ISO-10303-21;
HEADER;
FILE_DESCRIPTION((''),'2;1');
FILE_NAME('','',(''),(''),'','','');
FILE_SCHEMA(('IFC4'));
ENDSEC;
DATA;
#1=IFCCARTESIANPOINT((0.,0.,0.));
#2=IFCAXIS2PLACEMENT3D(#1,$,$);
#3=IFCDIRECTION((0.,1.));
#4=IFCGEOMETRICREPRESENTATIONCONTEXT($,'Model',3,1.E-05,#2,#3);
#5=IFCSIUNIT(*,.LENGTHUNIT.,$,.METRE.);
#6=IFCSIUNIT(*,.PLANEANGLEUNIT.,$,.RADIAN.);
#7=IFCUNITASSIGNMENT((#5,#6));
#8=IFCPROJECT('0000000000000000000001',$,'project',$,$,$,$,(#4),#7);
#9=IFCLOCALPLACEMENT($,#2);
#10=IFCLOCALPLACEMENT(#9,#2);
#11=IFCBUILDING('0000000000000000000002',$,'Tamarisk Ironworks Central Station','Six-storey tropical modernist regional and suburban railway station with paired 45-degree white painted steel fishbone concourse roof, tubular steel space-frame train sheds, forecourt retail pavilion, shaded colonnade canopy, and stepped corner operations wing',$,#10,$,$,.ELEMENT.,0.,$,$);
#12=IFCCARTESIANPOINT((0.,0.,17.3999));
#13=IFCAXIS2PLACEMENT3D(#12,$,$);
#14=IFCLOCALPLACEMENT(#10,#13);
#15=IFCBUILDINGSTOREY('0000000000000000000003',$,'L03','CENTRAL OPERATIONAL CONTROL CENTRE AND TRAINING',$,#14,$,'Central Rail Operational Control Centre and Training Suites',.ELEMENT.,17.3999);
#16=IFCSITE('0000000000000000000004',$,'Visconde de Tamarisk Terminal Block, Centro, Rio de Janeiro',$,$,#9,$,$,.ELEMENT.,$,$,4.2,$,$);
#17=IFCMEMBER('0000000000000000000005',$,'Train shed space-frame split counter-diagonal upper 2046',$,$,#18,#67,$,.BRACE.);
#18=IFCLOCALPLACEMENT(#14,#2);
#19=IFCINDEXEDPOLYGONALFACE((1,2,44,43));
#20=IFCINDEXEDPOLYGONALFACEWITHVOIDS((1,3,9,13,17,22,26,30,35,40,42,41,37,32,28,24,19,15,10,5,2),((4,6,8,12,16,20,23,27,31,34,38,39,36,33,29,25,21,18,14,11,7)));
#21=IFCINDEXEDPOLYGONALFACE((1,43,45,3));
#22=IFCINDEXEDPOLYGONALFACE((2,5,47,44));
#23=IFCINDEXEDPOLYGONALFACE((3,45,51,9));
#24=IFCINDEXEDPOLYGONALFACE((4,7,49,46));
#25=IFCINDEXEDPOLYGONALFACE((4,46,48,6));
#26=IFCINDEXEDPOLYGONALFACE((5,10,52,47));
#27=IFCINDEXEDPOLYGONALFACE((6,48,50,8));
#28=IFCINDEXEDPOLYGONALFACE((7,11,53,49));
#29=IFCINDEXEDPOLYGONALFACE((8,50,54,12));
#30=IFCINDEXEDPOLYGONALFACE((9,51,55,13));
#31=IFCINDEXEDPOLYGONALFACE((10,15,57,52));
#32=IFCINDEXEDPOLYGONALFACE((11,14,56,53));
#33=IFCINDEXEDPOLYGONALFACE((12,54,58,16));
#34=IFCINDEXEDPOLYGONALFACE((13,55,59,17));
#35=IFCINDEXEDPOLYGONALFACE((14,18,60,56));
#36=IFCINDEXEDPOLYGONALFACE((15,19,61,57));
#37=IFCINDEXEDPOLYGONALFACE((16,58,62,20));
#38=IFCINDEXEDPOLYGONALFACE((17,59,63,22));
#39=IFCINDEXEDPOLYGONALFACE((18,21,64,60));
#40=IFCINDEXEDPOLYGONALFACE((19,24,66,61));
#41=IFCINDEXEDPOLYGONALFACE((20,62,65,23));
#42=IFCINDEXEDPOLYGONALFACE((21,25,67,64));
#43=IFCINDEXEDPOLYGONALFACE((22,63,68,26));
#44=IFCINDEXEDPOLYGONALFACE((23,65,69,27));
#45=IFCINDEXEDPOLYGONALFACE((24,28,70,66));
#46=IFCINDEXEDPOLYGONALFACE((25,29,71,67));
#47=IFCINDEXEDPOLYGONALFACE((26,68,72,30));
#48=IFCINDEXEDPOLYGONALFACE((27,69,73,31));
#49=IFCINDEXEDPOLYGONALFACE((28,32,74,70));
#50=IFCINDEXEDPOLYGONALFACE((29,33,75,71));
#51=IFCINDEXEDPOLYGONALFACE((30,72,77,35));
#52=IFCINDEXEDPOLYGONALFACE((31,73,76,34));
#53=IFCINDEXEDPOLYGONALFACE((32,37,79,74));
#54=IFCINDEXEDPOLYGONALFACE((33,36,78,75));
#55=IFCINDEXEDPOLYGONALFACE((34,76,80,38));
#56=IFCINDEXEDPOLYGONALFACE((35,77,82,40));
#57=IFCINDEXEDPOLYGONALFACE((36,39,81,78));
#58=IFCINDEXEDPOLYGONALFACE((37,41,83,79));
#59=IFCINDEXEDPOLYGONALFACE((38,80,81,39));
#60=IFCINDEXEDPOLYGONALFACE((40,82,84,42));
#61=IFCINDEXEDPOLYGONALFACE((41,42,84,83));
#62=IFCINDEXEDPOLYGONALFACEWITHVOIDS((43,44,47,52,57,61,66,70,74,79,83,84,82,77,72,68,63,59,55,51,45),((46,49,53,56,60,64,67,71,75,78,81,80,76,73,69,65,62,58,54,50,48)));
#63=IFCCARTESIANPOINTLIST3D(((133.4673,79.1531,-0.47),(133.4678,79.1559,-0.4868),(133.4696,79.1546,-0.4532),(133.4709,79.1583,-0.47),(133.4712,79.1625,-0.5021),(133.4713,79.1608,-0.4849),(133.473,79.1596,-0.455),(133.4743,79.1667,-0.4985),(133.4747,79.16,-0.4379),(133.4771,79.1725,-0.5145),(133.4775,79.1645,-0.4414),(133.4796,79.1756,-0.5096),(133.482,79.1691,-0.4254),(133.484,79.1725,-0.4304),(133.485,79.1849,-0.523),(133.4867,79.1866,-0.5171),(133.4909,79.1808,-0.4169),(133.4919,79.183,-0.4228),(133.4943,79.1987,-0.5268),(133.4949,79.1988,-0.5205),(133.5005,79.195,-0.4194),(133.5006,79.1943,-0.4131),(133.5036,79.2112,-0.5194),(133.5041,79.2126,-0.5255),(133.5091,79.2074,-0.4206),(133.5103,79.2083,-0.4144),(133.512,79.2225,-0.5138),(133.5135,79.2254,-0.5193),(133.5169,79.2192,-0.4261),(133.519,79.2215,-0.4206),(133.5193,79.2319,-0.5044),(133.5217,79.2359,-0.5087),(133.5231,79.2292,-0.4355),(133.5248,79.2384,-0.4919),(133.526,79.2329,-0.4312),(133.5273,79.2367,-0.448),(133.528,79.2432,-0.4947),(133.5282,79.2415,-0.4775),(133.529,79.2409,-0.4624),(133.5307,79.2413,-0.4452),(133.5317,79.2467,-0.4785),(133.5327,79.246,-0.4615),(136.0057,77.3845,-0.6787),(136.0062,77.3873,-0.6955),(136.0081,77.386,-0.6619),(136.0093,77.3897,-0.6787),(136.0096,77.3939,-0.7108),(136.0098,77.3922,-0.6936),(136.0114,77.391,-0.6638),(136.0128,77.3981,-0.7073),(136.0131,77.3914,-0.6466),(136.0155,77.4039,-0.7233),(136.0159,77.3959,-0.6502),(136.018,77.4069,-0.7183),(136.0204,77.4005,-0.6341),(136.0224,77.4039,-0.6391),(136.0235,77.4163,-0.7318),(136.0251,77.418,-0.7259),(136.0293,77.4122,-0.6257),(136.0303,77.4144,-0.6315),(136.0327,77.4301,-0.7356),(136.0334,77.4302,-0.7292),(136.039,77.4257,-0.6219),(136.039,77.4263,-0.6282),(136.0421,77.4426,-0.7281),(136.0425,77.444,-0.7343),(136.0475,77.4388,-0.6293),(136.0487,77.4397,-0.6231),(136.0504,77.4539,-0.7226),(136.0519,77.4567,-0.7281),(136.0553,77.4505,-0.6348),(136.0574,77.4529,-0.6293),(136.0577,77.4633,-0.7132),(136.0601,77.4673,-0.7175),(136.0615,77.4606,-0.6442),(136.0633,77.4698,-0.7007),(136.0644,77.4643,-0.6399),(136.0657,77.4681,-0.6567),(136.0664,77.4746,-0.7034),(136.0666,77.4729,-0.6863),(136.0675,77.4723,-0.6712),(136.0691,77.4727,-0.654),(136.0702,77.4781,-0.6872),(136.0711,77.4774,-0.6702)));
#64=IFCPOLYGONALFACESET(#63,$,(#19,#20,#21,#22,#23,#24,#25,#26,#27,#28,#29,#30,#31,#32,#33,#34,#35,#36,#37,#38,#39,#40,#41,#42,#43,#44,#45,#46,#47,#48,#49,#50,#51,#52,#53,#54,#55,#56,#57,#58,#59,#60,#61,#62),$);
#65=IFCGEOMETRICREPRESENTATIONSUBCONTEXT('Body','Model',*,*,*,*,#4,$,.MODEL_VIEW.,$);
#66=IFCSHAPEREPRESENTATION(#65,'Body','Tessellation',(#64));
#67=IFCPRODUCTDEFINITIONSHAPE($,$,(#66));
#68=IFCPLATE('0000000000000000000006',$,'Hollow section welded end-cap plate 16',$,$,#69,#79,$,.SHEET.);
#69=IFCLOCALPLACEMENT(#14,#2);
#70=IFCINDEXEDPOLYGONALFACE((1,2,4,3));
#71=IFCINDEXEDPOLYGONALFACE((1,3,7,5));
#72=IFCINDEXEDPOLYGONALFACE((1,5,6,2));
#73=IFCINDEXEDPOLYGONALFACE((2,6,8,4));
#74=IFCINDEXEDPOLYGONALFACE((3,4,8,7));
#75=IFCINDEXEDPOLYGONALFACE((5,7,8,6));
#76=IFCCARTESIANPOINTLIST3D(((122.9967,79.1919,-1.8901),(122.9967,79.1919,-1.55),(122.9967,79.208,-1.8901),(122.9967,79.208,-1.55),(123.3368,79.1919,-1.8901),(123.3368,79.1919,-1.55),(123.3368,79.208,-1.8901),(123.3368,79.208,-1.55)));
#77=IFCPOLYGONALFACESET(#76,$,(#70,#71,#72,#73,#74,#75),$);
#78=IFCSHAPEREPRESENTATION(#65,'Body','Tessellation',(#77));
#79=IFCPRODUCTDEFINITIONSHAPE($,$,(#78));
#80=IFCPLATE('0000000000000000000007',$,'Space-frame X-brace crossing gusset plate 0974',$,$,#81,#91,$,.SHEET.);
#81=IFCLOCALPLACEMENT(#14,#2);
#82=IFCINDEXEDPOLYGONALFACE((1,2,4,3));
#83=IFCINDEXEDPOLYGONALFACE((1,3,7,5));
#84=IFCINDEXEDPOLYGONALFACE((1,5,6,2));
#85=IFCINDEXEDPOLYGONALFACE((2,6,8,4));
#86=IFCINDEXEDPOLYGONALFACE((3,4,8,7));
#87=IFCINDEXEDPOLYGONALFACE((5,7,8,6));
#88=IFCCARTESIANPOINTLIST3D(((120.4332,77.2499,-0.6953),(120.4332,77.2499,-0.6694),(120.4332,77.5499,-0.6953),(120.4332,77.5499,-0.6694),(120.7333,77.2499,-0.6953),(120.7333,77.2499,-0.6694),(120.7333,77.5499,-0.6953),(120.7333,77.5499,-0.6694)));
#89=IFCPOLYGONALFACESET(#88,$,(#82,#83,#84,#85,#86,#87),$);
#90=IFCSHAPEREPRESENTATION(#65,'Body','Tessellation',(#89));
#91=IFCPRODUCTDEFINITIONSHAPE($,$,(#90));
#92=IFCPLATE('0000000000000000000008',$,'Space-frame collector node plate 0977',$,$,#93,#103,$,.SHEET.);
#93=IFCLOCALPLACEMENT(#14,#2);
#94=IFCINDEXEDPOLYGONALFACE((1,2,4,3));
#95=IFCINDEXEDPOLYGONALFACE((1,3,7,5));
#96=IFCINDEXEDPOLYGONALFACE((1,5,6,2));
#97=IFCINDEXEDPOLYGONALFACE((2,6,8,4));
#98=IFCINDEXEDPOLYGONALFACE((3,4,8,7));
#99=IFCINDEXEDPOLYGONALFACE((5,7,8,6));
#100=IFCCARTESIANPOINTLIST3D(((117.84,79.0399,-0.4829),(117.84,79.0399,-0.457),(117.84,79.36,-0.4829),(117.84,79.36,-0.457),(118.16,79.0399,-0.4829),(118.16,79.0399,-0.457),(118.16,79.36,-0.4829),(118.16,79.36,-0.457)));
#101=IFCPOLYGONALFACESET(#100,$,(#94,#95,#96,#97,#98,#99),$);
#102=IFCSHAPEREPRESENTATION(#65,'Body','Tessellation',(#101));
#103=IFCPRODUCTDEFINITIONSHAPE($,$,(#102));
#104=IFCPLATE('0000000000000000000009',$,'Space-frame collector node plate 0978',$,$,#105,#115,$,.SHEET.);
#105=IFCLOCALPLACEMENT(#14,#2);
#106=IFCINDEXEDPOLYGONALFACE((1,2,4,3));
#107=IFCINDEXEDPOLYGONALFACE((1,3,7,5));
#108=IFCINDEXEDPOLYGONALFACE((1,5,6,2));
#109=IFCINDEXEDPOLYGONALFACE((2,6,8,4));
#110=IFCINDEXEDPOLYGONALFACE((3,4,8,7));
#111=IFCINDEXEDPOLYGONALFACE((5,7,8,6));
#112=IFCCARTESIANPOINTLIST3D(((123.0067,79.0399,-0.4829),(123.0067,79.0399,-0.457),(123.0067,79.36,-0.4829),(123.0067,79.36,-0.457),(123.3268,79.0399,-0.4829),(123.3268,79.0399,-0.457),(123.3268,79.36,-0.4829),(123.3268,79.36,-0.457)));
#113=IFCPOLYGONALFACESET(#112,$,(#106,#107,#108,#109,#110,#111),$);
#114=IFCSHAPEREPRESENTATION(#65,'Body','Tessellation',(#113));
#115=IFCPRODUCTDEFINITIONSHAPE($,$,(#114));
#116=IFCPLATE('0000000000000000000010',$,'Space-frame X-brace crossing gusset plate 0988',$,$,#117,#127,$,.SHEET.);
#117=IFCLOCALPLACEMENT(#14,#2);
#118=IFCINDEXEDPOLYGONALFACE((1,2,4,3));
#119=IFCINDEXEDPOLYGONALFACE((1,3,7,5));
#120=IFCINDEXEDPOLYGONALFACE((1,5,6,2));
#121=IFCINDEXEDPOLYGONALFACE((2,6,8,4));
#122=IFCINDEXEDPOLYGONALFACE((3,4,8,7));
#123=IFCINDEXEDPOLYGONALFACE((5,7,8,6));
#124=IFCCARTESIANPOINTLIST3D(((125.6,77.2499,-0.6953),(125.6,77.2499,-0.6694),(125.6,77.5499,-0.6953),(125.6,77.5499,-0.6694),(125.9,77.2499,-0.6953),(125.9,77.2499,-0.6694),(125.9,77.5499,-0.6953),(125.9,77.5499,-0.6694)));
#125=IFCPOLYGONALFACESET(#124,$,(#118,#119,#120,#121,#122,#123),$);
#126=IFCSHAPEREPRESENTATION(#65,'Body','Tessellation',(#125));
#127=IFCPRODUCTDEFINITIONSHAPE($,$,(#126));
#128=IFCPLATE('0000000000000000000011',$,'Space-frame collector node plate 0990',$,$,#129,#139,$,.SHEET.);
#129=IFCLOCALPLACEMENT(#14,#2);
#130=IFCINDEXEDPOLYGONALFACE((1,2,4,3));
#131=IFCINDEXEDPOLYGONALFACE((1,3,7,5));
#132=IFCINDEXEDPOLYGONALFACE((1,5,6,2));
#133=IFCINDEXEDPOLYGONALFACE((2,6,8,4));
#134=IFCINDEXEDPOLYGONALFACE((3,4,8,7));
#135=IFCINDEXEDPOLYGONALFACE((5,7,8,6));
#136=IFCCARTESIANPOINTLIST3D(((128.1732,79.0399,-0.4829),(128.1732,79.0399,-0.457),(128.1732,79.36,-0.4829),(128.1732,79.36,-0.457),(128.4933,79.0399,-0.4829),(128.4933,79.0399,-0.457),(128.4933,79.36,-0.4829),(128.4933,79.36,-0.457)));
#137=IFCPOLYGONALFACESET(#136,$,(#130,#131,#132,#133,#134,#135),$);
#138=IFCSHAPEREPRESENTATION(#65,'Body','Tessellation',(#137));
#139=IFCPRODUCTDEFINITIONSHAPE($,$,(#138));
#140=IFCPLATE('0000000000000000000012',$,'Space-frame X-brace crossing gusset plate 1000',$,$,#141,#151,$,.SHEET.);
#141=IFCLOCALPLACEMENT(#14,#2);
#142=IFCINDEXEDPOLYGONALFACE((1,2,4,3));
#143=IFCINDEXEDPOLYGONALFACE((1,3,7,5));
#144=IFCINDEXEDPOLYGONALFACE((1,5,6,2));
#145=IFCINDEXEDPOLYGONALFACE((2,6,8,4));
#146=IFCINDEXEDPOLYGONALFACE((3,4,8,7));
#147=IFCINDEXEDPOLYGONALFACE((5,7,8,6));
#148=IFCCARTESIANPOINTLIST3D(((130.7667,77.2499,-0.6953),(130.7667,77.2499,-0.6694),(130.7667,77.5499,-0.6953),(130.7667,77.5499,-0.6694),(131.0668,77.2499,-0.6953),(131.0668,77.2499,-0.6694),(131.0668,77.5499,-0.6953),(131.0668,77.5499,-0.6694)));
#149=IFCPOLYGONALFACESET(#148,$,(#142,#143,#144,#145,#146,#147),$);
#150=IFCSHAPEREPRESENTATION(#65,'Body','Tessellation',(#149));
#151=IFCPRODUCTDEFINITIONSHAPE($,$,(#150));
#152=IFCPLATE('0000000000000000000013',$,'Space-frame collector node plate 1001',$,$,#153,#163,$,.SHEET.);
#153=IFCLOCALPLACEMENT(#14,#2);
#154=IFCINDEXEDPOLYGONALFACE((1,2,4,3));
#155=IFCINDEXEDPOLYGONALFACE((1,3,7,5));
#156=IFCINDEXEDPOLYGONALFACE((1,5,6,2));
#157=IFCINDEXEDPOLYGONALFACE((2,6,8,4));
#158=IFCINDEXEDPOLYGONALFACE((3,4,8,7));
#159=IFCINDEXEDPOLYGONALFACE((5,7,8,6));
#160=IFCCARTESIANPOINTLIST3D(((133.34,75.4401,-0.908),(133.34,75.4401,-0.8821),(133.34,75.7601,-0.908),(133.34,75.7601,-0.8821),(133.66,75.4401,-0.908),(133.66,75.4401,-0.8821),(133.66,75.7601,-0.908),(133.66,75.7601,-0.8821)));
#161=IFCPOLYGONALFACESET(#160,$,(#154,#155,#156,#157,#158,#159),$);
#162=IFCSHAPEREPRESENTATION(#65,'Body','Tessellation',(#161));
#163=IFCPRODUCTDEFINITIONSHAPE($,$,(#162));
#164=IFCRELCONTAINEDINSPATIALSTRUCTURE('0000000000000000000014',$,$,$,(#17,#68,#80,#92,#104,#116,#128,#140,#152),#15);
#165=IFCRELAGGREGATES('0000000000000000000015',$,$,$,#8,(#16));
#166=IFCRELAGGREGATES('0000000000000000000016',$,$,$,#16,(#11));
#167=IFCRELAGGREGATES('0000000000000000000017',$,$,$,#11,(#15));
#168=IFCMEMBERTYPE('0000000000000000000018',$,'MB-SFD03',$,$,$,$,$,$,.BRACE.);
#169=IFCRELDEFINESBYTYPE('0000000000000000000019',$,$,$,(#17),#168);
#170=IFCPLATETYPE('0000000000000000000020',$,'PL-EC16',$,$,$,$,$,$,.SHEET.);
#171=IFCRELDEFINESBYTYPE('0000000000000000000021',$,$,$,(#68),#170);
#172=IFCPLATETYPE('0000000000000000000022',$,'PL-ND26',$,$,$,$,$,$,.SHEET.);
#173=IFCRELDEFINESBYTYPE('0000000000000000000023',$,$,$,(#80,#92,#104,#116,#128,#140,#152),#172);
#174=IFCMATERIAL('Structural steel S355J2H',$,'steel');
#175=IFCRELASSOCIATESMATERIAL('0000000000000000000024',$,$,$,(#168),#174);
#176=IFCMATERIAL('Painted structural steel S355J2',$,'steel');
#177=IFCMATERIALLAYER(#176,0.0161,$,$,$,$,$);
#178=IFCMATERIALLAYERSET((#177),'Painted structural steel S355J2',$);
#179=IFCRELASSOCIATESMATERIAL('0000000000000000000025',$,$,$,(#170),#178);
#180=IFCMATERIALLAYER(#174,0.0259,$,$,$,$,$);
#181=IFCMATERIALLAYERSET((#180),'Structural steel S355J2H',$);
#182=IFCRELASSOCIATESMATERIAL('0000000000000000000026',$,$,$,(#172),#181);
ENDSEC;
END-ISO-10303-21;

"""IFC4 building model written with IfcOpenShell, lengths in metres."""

from ifc_helpers import new_model, si_unit, direction, frame, origin, origin_2d, place, context, subcontext, project, spatial, rectangle, hollow_circle, extrude, material, layer, layer_set, material_profile, profile_set, type_object, element, save


model = new_model("IFC4")

# Units and contexts
model_context = context("Model", 3, precision=1e-05, world=origin(), true_north=direction((0.0, 1.0)))
body_context = subcontext(model_context, "Body", "Model", "MODEL_VIEW")
ifc_project = project(units=[si_unit("LENGTHUNIT", "METRE"), si_unit("PLANEANGLEUNIT", "RADIAN")], contexts=[model_context])

# Site, building, storey
site_placement = place(None, origin())
site = spatial("IfcSite", under=ifc_project, at=site_placement, Name="Visconde de Tamarisk Terminal Block, Centro, Rio de Janeiro", CompositionType="ELEMENT", RefElevation=4.2)
building_placement = place(site_placement, origin())
building = spatial("IfcBuilding", under=site, at=building_placement, Name="Tamarisk Ironworks Central Station", Description="Six-storey tropical modernist regional and suburban railway station with paired 45-degree white painted steel fishbone concourse roof, tubular steel space-frame train sheds, forecourt retail pavilion, shaded colonnade canopy, and stepped corner operations wing", CompositionType="ELEMENT", ElevationOfRefHeight=0.0)
storey_placement = place(building_placement, frame((0.0, 0.0, 17.3999)))
storey = spatial("IfcBuildingStorey", under=building, at=storey_placement, Name="L03", Description="CENTRAL OPERATIONAL CONTROL CENTRE AND TRAINING", LongName="Central Rail Operational Control Centre and Training Suites", CompositionType="ELEMENT", Elevation=17.3999)

# Member
ifc_material_1 = material(Name="Structural steel S355J2H", Category="steel")
ifc_material_profile_1 = material_profile(ifc_material_1, hollow_circle(Radius=0.0571, WallThickness=0.0063, at=origin_2d()), Name="CHS 114.3x6.3")
ifc_profile_set_1 = profile_set([ifc_material_profile_1], Name="Structural steel S355J2H")
member_type_1 = type_object("IfcMemberType", Name="MB-SFD03", PredefinedType="BRACE", material=ifc_profile_set_1)
for number, where, z_axis, x_axis, name in (
    (1, (136.0383, 77.4314, -0.6787), (-0.818625, 0.570369, 0.06732), (-0.571666, -0.820487, 0.0), "Train shed space-frame split counter-diagonal upper 2046"),
):
    element("IfcMember", number, at=place(storey_placement, frame(where, z_axis=z_axis, x_axis=x_axis)), inside=storey, type_object=member_type_1, Name=name, PredefinedType="BRACE", context=body_context, shape_type="SweptSolid", body=[
        extrude(hollow_circle(Radius=0.0571, WallThickness=0.0063, at=origin_2d()), origin(), (0.0, 0.0, 1.0), 3.1008),
    ])

# Plates
ifc_material_2 = material(Name="Painted structural steel S355J2", Category="steel")
ifc_layer_1 = layer(ifc_material_2, 0.0161)
ifc_layer_set_1 = layer_set([ifc_layer_1], Name="Painted structural steel S355J2")
plate_type_1 = type_object("IfcPlateType", Name="PL-EC16", PredefinedType="SHEET", material=ifc_layer_set_1)
plate_1_placement = place(storey_placement, frame((123.1667, 79.2, -1.8901), z_axis=(0.0, 0.0, 1.0), x_axis=(1.0, 0.0, 0.0)))
element("IfcPlate", 2, at=plate_1_placement, inside=storey, type_object=plate_type_1, Name="Hollow section welded end-cap plate 16", PredefinedType="SHEET", context=body_context, shape_type="SweptSolid", body=[
    extrude(rectangle(XDim=0.3401, YDim=0.0161, at=origin_2d()), origin(), (0.0, 0.0, 1.0), 0.3401),
])
ifc_layer_2 = layer(ifc_material_1, 0.0259)
ifc_layer_set_2 = layer_set([ifc_layer_2], Name="Structural steel S355J2H")
plate_type_2 = type_object("IfcPlateType", Name="PL-ND26", PredefinedType="SHEET", material=ifc_layer_set_2)
plate_2_placement = place(storey_placement, frame((120.5833, 77.3999, -0.6953), z_axis=(0.0, 0.0, 1.0), x_axis=(1.0, 0.0, 0.0)))
element("IfcPlate", 3, at=plate_2_placement, inside=storey, type_object=plate_type_2, Name="Space-frame X-brace crossing gusset plate 0974", PredefinedType="SHEET", context=body_context, shape_type="SweptSolid", body=[
    extrude(rectangle(XDim=0.3, YDim=0.3, at=origin_2d()), origin(), (0.0, 0.0, 1.0), 0.0259),
])
for number, where, z_axis, x_axis, name in (
    (4, (118.0, 79.2, -0.4829), (0.0, 0.0, 1.0), (1.0, 0.0, 0.0), "Space-frame collector node plate 0977"),
    (5, (123.1667, 79.2, -0.4829), (0.0, 0.0, 1.0), (1.0, 0.0, 0.0), "Space-frame collector node plate 0978"),
):
    element("IfcPlate", number, at=place(storey_placement, frame(where, z_axis=z_axis, x_axis=x_axis)), inside=storey, type_object=plate_type_2, Name=name, PredefinedType="SHEET", context=body_context, shape_type="SweptSolid", body=[
        extrude(rectangle(XDim=0.3201, YDim=0.3201, at=origin_2d()), origin(), (0.0, 0.0, 1.0), 0.0259),
    ])
plate_3_placement = place(storey_placement, frame((125.75, 77.3999, -0.6953), z_axis=(0.0, 0.0, 1.0), x_axis=(1.0, 0.0, 0.0)))
element("IfcPlate", 6, at=plate_3_placement, inside=storey, type_object=plate_type_2, Name="Space-frame X-brace crossing gusset plate 0988", PredefinedType="SHEET", context=body_context, shape_type="SweptSolid", body=[
    extrude(rectangle(XDim=0.3, YDim=0.3, at=origin_2d()), origin(), (0.0, 0.0, 1.0), 0.0259),
])
plate_4_placement = place(storey_placement, frame((128.3333, 79.2, -0.4829), z_axis=(0.0, 0.0, 1.0), x_axis=(1.0, 0.0, 0.0)))
element("IfcPlate", 7, at=plate_4_placement, inside=storey, type_object=plate_type_2, Name="Space-frame collector node plate 0990", PredefinedType="SHEET", context=body_context, shape_type="SweptSolid", body=[
    extrude(rectangle(XDim=0.3201, YDim=0.3201, at=origin_2d()), origin(), (0.0, 0.0, 1.0), 0.0259),
])
plate_5_placement = place(storey_placement, frame((130.9167, 77.3999, -0.6953), z_axis=(0.0, 0.0, 1.0), x_axis=(1.0, 0.0, 0.0)))
element("IfcPlate", 8, at=plate_5_placement, inside=storey, type_object=plate_type_2, Name="Space-frame X-brace crossing gusset plate 1000", PredefinedType="SHEET", context=body_context, shape_type="SweptSolid", body=[
    extrude(rectangle(XDim=0.3, YDim=0.3, at=origin_2d()), origin(), (0.0, 0.0, 1.0), 0.0259),
])
plate_6_placement = place(storey_placement, frame((133.5, 75.6001, -0.908), z_axis=(0.0, 0.0, 1.0), x_axis=(1.0, 0.0, 0.0)))
element("IfcPlate", 9, at=plate_6_placement, inside=storey, type_object=plate_type_2, Name="Space-frame collector node plate 1001", PredefinedType="SHEET", context=body_context, shape_type="SweptSolid", body=[
    extrude(rectangle(XDim=0.3201, YDim=0.3201, at=origin_2d()), origin(), (0.0, 0.0, 1.0), 0.0259),
])

save(model, "model.ifc")
